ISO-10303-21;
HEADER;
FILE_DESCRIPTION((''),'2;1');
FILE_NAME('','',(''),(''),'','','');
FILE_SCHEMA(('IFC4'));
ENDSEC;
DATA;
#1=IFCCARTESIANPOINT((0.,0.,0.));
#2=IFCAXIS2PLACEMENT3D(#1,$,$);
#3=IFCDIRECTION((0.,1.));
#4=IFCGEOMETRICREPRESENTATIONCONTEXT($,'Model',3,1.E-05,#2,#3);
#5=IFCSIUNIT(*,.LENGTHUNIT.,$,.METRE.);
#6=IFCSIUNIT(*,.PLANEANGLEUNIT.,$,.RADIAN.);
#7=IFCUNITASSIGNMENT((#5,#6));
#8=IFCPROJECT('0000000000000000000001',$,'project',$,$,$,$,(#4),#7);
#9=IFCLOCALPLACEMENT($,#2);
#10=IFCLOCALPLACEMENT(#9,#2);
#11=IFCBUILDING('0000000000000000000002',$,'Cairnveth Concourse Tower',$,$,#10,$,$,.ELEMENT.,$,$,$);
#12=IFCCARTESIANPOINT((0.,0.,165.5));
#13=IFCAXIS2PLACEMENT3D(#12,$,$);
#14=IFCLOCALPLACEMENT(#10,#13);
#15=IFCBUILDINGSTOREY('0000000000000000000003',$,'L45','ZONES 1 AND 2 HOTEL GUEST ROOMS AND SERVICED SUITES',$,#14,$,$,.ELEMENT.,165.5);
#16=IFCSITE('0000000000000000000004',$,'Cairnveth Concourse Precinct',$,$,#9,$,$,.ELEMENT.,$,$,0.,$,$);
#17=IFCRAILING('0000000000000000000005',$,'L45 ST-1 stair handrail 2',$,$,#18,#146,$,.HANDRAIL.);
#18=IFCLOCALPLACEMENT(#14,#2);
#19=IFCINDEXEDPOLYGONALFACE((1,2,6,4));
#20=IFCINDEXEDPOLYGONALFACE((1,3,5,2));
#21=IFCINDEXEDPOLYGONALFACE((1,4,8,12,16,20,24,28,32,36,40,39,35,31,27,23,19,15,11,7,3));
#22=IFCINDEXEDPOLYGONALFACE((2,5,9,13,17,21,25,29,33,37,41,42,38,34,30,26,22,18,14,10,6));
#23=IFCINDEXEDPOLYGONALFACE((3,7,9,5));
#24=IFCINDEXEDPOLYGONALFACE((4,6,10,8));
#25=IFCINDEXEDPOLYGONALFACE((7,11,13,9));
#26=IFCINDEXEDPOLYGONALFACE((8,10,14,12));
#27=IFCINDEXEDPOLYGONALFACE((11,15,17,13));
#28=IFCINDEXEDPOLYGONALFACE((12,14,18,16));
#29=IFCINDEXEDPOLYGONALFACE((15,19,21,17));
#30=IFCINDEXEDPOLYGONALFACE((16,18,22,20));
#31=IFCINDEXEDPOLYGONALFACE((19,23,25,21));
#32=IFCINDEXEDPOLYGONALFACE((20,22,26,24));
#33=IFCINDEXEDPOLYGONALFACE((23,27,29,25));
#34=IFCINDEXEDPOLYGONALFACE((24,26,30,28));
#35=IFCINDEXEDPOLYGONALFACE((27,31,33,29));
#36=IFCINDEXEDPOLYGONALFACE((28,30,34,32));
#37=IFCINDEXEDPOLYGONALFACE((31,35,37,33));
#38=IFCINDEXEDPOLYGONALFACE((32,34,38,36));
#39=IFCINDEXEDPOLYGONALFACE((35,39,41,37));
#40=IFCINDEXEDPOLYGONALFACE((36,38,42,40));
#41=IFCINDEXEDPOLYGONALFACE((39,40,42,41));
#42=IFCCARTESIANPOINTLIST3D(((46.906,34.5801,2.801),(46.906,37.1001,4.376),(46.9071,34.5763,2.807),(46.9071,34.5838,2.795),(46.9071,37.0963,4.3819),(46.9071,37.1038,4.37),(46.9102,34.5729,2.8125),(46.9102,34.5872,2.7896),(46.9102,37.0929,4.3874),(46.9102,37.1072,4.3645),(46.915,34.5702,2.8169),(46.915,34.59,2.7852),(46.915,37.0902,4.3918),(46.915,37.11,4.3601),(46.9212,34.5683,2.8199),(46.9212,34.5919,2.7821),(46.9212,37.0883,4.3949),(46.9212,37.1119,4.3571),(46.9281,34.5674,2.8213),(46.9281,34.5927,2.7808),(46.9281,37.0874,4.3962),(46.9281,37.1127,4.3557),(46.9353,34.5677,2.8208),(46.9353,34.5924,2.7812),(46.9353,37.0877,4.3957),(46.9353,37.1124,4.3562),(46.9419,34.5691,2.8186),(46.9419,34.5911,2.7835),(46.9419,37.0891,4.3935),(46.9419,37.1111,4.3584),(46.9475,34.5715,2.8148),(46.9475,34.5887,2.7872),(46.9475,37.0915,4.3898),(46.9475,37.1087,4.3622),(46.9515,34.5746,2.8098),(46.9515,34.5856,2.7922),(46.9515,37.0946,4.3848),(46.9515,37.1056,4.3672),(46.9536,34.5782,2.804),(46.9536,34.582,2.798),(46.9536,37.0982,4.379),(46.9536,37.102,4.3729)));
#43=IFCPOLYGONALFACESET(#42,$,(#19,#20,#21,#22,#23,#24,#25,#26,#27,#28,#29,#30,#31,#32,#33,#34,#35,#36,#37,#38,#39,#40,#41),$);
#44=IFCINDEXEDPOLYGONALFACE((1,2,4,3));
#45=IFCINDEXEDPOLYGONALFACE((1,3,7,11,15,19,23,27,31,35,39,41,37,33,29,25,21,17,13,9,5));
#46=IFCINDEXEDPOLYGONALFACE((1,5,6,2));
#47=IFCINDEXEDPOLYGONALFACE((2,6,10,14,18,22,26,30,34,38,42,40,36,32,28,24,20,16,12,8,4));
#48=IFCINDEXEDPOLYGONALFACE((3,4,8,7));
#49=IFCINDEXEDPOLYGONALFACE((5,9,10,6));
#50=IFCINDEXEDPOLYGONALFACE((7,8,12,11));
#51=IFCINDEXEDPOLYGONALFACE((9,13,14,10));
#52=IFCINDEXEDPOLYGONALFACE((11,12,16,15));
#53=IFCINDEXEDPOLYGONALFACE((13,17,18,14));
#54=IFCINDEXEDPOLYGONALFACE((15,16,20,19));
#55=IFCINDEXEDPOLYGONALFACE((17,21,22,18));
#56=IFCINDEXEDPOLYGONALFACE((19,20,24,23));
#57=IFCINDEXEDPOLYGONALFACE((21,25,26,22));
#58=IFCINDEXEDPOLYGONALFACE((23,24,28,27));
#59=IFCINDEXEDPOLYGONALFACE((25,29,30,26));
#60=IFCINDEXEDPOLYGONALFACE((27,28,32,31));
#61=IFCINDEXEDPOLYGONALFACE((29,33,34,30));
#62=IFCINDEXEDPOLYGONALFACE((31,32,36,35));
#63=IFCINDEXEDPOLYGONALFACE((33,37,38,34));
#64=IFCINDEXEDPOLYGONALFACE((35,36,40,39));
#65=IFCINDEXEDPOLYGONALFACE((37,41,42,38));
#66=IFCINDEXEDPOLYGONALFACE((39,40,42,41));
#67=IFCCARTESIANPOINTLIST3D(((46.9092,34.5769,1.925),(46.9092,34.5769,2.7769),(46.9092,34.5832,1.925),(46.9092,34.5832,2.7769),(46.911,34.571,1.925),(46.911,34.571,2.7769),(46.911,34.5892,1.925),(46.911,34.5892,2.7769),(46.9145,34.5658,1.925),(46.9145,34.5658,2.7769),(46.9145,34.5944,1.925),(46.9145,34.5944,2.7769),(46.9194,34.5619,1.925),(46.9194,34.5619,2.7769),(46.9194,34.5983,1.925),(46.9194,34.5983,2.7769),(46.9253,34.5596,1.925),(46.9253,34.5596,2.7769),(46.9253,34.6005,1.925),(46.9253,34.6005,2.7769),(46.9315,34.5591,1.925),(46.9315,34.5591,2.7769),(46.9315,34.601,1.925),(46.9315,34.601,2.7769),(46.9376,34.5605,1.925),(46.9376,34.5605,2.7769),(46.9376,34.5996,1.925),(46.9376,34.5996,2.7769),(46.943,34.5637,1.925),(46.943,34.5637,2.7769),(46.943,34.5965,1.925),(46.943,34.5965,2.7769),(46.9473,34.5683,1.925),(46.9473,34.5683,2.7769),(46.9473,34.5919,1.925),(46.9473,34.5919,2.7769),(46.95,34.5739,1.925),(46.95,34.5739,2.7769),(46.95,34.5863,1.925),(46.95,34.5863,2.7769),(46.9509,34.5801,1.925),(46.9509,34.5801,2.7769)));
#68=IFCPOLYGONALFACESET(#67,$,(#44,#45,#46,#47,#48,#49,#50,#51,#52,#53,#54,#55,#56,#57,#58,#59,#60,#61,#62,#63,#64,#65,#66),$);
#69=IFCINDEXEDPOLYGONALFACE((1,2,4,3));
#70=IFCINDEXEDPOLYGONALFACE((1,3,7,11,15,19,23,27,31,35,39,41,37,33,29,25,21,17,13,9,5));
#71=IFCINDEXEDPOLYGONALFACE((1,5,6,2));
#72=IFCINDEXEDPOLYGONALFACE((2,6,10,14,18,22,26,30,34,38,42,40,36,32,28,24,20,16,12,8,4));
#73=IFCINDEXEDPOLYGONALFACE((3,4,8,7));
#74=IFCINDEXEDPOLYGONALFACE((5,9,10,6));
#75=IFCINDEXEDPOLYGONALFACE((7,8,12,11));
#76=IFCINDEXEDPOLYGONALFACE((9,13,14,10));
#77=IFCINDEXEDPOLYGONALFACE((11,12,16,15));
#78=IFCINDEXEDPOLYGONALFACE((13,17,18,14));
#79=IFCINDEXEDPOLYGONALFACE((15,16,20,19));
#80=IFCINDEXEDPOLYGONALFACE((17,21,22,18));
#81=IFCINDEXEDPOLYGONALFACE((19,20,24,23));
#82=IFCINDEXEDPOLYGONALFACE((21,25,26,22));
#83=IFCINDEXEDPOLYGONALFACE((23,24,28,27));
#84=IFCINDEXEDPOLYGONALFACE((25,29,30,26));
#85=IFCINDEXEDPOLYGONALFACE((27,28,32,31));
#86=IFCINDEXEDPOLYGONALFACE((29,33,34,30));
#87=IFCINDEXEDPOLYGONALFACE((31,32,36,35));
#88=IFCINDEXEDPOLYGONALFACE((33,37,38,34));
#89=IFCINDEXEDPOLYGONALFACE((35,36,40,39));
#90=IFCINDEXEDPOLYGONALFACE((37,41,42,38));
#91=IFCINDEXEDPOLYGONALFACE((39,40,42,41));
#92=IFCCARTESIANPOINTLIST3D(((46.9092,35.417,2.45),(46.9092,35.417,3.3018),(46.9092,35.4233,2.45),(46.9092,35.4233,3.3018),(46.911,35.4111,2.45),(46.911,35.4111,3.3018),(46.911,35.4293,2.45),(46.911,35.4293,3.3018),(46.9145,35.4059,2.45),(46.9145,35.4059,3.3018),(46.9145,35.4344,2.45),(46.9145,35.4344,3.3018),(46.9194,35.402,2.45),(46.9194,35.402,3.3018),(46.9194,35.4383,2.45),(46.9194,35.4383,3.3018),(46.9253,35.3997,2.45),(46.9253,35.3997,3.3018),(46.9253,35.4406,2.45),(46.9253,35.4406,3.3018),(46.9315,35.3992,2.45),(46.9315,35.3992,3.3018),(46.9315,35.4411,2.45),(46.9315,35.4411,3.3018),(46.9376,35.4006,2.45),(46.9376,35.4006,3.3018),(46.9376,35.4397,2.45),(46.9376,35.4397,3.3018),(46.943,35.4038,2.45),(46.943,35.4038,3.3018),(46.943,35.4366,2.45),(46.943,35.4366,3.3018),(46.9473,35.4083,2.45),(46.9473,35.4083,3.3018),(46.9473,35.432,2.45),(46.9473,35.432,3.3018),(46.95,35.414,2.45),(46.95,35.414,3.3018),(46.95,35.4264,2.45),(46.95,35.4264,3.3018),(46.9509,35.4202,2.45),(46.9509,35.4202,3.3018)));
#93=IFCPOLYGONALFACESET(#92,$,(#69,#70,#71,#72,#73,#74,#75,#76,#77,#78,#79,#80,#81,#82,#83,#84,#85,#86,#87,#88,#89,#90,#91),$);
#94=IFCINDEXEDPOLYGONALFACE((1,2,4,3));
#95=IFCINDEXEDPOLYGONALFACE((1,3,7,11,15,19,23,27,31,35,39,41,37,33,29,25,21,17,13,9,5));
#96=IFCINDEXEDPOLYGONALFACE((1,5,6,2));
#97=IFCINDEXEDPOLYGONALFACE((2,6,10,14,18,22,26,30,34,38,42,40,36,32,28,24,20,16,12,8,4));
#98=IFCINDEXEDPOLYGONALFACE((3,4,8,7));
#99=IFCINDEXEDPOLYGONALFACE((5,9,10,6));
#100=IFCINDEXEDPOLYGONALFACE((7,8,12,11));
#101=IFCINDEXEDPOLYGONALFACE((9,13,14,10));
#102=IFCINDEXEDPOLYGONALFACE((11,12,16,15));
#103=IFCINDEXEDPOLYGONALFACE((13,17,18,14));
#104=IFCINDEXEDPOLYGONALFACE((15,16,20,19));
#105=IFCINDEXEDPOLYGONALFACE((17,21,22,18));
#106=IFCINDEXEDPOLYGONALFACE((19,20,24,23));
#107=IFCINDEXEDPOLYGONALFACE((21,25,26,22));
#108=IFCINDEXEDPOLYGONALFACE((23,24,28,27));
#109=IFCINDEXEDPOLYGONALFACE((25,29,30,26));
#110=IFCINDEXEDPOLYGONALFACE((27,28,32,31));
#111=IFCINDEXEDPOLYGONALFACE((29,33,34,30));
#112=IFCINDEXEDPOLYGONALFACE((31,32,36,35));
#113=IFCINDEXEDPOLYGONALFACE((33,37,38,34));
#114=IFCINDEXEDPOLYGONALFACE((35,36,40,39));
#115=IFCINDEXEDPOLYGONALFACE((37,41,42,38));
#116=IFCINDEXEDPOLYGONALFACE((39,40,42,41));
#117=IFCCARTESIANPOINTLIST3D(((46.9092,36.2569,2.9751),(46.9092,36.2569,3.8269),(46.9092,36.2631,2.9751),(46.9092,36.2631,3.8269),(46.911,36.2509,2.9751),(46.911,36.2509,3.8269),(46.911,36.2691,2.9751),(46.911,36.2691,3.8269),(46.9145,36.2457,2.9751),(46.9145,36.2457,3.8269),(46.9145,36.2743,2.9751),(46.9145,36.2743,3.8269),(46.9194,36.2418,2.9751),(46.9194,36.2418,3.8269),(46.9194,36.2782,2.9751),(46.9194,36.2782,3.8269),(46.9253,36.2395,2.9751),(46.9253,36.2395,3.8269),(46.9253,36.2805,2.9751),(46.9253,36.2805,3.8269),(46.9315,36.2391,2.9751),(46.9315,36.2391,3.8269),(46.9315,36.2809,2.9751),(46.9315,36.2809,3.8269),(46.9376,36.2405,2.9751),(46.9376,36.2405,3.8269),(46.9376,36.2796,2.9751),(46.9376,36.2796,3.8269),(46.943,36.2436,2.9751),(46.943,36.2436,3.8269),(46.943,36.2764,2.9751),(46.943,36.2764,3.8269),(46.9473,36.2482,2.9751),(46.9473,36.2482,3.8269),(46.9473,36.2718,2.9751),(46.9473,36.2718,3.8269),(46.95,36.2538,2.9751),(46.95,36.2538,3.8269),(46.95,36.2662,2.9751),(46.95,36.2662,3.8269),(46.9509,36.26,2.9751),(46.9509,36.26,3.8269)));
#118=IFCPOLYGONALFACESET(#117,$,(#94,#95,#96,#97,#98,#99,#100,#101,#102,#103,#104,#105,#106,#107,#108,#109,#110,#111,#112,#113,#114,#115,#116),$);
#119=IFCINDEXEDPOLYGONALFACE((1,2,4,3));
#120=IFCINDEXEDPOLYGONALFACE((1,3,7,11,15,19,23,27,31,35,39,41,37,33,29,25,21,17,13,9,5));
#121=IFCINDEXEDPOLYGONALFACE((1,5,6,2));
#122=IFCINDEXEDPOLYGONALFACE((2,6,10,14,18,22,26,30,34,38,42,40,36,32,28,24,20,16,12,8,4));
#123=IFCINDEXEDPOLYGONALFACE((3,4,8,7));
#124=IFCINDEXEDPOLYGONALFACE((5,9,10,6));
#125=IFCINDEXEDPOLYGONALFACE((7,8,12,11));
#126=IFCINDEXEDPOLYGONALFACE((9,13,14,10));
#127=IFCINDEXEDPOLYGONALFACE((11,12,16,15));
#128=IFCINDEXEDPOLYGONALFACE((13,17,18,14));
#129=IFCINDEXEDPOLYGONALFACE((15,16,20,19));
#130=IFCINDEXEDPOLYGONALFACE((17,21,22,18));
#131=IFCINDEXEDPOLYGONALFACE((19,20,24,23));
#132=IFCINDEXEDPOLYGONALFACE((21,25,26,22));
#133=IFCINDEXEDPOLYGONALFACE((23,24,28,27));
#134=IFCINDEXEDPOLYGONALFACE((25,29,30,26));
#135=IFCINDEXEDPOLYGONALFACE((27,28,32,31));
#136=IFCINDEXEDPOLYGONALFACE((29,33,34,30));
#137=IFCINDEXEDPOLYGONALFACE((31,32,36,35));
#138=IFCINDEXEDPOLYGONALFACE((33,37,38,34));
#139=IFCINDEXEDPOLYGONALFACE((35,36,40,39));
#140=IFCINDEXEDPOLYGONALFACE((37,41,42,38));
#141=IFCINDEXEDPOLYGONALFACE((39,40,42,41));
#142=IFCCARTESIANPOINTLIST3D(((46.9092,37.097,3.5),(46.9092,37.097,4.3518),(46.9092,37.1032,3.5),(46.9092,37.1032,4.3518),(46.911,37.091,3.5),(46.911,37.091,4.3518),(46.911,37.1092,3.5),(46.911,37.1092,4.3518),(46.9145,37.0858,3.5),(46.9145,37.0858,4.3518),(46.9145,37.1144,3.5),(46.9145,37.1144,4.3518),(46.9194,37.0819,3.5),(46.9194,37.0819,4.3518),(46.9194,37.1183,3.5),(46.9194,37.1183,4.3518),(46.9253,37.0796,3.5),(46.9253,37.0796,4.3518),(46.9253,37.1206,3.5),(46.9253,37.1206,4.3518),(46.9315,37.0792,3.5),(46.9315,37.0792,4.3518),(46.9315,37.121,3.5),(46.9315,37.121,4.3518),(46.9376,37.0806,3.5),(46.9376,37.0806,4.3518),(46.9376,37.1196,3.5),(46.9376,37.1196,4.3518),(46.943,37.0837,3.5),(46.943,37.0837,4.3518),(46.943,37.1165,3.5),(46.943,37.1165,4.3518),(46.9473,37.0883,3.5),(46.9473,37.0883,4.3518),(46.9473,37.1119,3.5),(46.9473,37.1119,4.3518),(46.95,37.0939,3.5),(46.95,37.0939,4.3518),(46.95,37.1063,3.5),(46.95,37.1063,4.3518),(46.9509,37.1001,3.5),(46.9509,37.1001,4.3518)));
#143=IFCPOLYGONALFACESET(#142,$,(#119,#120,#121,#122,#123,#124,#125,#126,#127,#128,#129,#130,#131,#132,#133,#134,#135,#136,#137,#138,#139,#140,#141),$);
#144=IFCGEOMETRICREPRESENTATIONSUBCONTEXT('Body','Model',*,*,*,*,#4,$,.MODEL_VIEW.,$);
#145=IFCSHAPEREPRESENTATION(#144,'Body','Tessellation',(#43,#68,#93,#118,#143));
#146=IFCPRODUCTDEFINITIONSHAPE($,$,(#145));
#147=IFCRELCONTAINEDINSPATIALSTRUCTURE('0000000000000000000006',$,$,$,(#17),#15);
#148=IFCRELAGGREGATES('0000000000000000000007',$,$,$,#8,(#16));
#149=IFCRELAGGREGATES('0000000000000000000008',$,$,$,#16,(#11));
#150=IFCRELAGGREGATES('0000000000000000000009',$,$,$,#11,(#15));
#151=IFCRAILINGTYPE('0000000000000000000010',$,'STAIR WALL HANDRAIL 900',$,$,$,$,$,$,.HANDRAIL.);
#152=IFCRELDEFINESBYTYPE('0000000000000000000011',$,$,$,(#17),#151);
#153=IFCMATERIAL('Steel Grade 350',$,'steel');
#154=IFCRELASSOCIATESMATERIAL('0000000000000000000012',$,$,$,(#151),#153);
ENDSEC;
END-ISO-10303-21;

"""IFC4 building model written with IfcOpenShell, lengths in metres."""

from ifc_helpers import new_model, si_unit, direction, frame, origin, origin_2d, place, context, subcontext, project, spatial, circle, extrude, material, type_object, element, save


model = new_model("IFC4")

# Units and contexts
model_context = context("Model", 3, precision=1e-05, world=origin(), true_north=direction((0.0, 1.0)))
body_context = subcontext(model_context, "Body", "Model", "MODEL_VIEW")
ifc_project = project(units=[si_unit("LENGTHUNIT", "METRE"), si_unit("PLANEANGLEUNIT", "RADIAN")], contexts=[model_context])

# Site, building, storey
site_placement = place(None, origin())
site = spatial("IfcSite", under=ifc_project, at=site_placement, Name="Cairnveth Concourse Precinct", CompositionType="ELEMENT", RefElevation=0.0)
building_placement = place(site_placement, origin())
building = spatial("IfcBuilding", under=site, at=building_placement, Name="Cairnveth Concourse Tower", CompositionType="ELEMENT")
storey_placement = place(building_placement, frame((0.0, 0.0, 165.5)))
storey = spatial("IfcBuildingStorey", under=building, at=storey_placement, Name="L45", Description="ZONES 1 AND 2 HOTEL GUEST ROOMS AND SERVICED SUITES", CompositionType="ELEMENT", Elevation=165.5)

# Shared definitions
ifc_material_1 = material(Name="Steel Grade 350", Category="steel")

# Railing
railing_type_1 = type_object("IfcRailingType", Name="STAIR WALL HANDRAIL 900", PredefinedType="HANDRAIL", material=ifc_material_1)
railing_1_placement = place(storey_placement, frame((46.9299, 34.5801, 1.925)))
element("IfcRailing", 1, at=railing_1_placement, inside=storey, type_object=railing_type_1, Name="L45 ST-1 stair handrail 2", PredefinedType="HANDRAIL", context=body_context, shape_type="SweptSolid", body=[
    extrude(circle(Radius=0.0239, at=origin_2d()), frame((0.0, 0.0, 0.876), z_axis=(0.0, 0.848008, 0.529984), x_axis=(-1.0, 0.0, 0.0)), (0.0, 0.0, 1.0), 2.9717),
    extrude(circle(Radius=0.021, at=origin_2d()), origin(), (0.0, 0.0, 1.0), 0.8518),
    extrude(circle(Radius=0.021, at=origin_2d()), frame((0.0, 0.8401, 0.5249)), (0.0, 0.0, 1.0), 0.8518),
    extrude(circle(Radius=0.021, at=origin_2d()), frame((0.0, 1.6799, 1.05)), (0.0, 0.0, 1.0), 0.8518),
    extrude(circle(Radius=0.021, at=origin_2d()), frame((0.0, 2.52, 1.575)), (0.0, 0.0, 1.0), 0.8518),
])

save(model, "model.ifc")
